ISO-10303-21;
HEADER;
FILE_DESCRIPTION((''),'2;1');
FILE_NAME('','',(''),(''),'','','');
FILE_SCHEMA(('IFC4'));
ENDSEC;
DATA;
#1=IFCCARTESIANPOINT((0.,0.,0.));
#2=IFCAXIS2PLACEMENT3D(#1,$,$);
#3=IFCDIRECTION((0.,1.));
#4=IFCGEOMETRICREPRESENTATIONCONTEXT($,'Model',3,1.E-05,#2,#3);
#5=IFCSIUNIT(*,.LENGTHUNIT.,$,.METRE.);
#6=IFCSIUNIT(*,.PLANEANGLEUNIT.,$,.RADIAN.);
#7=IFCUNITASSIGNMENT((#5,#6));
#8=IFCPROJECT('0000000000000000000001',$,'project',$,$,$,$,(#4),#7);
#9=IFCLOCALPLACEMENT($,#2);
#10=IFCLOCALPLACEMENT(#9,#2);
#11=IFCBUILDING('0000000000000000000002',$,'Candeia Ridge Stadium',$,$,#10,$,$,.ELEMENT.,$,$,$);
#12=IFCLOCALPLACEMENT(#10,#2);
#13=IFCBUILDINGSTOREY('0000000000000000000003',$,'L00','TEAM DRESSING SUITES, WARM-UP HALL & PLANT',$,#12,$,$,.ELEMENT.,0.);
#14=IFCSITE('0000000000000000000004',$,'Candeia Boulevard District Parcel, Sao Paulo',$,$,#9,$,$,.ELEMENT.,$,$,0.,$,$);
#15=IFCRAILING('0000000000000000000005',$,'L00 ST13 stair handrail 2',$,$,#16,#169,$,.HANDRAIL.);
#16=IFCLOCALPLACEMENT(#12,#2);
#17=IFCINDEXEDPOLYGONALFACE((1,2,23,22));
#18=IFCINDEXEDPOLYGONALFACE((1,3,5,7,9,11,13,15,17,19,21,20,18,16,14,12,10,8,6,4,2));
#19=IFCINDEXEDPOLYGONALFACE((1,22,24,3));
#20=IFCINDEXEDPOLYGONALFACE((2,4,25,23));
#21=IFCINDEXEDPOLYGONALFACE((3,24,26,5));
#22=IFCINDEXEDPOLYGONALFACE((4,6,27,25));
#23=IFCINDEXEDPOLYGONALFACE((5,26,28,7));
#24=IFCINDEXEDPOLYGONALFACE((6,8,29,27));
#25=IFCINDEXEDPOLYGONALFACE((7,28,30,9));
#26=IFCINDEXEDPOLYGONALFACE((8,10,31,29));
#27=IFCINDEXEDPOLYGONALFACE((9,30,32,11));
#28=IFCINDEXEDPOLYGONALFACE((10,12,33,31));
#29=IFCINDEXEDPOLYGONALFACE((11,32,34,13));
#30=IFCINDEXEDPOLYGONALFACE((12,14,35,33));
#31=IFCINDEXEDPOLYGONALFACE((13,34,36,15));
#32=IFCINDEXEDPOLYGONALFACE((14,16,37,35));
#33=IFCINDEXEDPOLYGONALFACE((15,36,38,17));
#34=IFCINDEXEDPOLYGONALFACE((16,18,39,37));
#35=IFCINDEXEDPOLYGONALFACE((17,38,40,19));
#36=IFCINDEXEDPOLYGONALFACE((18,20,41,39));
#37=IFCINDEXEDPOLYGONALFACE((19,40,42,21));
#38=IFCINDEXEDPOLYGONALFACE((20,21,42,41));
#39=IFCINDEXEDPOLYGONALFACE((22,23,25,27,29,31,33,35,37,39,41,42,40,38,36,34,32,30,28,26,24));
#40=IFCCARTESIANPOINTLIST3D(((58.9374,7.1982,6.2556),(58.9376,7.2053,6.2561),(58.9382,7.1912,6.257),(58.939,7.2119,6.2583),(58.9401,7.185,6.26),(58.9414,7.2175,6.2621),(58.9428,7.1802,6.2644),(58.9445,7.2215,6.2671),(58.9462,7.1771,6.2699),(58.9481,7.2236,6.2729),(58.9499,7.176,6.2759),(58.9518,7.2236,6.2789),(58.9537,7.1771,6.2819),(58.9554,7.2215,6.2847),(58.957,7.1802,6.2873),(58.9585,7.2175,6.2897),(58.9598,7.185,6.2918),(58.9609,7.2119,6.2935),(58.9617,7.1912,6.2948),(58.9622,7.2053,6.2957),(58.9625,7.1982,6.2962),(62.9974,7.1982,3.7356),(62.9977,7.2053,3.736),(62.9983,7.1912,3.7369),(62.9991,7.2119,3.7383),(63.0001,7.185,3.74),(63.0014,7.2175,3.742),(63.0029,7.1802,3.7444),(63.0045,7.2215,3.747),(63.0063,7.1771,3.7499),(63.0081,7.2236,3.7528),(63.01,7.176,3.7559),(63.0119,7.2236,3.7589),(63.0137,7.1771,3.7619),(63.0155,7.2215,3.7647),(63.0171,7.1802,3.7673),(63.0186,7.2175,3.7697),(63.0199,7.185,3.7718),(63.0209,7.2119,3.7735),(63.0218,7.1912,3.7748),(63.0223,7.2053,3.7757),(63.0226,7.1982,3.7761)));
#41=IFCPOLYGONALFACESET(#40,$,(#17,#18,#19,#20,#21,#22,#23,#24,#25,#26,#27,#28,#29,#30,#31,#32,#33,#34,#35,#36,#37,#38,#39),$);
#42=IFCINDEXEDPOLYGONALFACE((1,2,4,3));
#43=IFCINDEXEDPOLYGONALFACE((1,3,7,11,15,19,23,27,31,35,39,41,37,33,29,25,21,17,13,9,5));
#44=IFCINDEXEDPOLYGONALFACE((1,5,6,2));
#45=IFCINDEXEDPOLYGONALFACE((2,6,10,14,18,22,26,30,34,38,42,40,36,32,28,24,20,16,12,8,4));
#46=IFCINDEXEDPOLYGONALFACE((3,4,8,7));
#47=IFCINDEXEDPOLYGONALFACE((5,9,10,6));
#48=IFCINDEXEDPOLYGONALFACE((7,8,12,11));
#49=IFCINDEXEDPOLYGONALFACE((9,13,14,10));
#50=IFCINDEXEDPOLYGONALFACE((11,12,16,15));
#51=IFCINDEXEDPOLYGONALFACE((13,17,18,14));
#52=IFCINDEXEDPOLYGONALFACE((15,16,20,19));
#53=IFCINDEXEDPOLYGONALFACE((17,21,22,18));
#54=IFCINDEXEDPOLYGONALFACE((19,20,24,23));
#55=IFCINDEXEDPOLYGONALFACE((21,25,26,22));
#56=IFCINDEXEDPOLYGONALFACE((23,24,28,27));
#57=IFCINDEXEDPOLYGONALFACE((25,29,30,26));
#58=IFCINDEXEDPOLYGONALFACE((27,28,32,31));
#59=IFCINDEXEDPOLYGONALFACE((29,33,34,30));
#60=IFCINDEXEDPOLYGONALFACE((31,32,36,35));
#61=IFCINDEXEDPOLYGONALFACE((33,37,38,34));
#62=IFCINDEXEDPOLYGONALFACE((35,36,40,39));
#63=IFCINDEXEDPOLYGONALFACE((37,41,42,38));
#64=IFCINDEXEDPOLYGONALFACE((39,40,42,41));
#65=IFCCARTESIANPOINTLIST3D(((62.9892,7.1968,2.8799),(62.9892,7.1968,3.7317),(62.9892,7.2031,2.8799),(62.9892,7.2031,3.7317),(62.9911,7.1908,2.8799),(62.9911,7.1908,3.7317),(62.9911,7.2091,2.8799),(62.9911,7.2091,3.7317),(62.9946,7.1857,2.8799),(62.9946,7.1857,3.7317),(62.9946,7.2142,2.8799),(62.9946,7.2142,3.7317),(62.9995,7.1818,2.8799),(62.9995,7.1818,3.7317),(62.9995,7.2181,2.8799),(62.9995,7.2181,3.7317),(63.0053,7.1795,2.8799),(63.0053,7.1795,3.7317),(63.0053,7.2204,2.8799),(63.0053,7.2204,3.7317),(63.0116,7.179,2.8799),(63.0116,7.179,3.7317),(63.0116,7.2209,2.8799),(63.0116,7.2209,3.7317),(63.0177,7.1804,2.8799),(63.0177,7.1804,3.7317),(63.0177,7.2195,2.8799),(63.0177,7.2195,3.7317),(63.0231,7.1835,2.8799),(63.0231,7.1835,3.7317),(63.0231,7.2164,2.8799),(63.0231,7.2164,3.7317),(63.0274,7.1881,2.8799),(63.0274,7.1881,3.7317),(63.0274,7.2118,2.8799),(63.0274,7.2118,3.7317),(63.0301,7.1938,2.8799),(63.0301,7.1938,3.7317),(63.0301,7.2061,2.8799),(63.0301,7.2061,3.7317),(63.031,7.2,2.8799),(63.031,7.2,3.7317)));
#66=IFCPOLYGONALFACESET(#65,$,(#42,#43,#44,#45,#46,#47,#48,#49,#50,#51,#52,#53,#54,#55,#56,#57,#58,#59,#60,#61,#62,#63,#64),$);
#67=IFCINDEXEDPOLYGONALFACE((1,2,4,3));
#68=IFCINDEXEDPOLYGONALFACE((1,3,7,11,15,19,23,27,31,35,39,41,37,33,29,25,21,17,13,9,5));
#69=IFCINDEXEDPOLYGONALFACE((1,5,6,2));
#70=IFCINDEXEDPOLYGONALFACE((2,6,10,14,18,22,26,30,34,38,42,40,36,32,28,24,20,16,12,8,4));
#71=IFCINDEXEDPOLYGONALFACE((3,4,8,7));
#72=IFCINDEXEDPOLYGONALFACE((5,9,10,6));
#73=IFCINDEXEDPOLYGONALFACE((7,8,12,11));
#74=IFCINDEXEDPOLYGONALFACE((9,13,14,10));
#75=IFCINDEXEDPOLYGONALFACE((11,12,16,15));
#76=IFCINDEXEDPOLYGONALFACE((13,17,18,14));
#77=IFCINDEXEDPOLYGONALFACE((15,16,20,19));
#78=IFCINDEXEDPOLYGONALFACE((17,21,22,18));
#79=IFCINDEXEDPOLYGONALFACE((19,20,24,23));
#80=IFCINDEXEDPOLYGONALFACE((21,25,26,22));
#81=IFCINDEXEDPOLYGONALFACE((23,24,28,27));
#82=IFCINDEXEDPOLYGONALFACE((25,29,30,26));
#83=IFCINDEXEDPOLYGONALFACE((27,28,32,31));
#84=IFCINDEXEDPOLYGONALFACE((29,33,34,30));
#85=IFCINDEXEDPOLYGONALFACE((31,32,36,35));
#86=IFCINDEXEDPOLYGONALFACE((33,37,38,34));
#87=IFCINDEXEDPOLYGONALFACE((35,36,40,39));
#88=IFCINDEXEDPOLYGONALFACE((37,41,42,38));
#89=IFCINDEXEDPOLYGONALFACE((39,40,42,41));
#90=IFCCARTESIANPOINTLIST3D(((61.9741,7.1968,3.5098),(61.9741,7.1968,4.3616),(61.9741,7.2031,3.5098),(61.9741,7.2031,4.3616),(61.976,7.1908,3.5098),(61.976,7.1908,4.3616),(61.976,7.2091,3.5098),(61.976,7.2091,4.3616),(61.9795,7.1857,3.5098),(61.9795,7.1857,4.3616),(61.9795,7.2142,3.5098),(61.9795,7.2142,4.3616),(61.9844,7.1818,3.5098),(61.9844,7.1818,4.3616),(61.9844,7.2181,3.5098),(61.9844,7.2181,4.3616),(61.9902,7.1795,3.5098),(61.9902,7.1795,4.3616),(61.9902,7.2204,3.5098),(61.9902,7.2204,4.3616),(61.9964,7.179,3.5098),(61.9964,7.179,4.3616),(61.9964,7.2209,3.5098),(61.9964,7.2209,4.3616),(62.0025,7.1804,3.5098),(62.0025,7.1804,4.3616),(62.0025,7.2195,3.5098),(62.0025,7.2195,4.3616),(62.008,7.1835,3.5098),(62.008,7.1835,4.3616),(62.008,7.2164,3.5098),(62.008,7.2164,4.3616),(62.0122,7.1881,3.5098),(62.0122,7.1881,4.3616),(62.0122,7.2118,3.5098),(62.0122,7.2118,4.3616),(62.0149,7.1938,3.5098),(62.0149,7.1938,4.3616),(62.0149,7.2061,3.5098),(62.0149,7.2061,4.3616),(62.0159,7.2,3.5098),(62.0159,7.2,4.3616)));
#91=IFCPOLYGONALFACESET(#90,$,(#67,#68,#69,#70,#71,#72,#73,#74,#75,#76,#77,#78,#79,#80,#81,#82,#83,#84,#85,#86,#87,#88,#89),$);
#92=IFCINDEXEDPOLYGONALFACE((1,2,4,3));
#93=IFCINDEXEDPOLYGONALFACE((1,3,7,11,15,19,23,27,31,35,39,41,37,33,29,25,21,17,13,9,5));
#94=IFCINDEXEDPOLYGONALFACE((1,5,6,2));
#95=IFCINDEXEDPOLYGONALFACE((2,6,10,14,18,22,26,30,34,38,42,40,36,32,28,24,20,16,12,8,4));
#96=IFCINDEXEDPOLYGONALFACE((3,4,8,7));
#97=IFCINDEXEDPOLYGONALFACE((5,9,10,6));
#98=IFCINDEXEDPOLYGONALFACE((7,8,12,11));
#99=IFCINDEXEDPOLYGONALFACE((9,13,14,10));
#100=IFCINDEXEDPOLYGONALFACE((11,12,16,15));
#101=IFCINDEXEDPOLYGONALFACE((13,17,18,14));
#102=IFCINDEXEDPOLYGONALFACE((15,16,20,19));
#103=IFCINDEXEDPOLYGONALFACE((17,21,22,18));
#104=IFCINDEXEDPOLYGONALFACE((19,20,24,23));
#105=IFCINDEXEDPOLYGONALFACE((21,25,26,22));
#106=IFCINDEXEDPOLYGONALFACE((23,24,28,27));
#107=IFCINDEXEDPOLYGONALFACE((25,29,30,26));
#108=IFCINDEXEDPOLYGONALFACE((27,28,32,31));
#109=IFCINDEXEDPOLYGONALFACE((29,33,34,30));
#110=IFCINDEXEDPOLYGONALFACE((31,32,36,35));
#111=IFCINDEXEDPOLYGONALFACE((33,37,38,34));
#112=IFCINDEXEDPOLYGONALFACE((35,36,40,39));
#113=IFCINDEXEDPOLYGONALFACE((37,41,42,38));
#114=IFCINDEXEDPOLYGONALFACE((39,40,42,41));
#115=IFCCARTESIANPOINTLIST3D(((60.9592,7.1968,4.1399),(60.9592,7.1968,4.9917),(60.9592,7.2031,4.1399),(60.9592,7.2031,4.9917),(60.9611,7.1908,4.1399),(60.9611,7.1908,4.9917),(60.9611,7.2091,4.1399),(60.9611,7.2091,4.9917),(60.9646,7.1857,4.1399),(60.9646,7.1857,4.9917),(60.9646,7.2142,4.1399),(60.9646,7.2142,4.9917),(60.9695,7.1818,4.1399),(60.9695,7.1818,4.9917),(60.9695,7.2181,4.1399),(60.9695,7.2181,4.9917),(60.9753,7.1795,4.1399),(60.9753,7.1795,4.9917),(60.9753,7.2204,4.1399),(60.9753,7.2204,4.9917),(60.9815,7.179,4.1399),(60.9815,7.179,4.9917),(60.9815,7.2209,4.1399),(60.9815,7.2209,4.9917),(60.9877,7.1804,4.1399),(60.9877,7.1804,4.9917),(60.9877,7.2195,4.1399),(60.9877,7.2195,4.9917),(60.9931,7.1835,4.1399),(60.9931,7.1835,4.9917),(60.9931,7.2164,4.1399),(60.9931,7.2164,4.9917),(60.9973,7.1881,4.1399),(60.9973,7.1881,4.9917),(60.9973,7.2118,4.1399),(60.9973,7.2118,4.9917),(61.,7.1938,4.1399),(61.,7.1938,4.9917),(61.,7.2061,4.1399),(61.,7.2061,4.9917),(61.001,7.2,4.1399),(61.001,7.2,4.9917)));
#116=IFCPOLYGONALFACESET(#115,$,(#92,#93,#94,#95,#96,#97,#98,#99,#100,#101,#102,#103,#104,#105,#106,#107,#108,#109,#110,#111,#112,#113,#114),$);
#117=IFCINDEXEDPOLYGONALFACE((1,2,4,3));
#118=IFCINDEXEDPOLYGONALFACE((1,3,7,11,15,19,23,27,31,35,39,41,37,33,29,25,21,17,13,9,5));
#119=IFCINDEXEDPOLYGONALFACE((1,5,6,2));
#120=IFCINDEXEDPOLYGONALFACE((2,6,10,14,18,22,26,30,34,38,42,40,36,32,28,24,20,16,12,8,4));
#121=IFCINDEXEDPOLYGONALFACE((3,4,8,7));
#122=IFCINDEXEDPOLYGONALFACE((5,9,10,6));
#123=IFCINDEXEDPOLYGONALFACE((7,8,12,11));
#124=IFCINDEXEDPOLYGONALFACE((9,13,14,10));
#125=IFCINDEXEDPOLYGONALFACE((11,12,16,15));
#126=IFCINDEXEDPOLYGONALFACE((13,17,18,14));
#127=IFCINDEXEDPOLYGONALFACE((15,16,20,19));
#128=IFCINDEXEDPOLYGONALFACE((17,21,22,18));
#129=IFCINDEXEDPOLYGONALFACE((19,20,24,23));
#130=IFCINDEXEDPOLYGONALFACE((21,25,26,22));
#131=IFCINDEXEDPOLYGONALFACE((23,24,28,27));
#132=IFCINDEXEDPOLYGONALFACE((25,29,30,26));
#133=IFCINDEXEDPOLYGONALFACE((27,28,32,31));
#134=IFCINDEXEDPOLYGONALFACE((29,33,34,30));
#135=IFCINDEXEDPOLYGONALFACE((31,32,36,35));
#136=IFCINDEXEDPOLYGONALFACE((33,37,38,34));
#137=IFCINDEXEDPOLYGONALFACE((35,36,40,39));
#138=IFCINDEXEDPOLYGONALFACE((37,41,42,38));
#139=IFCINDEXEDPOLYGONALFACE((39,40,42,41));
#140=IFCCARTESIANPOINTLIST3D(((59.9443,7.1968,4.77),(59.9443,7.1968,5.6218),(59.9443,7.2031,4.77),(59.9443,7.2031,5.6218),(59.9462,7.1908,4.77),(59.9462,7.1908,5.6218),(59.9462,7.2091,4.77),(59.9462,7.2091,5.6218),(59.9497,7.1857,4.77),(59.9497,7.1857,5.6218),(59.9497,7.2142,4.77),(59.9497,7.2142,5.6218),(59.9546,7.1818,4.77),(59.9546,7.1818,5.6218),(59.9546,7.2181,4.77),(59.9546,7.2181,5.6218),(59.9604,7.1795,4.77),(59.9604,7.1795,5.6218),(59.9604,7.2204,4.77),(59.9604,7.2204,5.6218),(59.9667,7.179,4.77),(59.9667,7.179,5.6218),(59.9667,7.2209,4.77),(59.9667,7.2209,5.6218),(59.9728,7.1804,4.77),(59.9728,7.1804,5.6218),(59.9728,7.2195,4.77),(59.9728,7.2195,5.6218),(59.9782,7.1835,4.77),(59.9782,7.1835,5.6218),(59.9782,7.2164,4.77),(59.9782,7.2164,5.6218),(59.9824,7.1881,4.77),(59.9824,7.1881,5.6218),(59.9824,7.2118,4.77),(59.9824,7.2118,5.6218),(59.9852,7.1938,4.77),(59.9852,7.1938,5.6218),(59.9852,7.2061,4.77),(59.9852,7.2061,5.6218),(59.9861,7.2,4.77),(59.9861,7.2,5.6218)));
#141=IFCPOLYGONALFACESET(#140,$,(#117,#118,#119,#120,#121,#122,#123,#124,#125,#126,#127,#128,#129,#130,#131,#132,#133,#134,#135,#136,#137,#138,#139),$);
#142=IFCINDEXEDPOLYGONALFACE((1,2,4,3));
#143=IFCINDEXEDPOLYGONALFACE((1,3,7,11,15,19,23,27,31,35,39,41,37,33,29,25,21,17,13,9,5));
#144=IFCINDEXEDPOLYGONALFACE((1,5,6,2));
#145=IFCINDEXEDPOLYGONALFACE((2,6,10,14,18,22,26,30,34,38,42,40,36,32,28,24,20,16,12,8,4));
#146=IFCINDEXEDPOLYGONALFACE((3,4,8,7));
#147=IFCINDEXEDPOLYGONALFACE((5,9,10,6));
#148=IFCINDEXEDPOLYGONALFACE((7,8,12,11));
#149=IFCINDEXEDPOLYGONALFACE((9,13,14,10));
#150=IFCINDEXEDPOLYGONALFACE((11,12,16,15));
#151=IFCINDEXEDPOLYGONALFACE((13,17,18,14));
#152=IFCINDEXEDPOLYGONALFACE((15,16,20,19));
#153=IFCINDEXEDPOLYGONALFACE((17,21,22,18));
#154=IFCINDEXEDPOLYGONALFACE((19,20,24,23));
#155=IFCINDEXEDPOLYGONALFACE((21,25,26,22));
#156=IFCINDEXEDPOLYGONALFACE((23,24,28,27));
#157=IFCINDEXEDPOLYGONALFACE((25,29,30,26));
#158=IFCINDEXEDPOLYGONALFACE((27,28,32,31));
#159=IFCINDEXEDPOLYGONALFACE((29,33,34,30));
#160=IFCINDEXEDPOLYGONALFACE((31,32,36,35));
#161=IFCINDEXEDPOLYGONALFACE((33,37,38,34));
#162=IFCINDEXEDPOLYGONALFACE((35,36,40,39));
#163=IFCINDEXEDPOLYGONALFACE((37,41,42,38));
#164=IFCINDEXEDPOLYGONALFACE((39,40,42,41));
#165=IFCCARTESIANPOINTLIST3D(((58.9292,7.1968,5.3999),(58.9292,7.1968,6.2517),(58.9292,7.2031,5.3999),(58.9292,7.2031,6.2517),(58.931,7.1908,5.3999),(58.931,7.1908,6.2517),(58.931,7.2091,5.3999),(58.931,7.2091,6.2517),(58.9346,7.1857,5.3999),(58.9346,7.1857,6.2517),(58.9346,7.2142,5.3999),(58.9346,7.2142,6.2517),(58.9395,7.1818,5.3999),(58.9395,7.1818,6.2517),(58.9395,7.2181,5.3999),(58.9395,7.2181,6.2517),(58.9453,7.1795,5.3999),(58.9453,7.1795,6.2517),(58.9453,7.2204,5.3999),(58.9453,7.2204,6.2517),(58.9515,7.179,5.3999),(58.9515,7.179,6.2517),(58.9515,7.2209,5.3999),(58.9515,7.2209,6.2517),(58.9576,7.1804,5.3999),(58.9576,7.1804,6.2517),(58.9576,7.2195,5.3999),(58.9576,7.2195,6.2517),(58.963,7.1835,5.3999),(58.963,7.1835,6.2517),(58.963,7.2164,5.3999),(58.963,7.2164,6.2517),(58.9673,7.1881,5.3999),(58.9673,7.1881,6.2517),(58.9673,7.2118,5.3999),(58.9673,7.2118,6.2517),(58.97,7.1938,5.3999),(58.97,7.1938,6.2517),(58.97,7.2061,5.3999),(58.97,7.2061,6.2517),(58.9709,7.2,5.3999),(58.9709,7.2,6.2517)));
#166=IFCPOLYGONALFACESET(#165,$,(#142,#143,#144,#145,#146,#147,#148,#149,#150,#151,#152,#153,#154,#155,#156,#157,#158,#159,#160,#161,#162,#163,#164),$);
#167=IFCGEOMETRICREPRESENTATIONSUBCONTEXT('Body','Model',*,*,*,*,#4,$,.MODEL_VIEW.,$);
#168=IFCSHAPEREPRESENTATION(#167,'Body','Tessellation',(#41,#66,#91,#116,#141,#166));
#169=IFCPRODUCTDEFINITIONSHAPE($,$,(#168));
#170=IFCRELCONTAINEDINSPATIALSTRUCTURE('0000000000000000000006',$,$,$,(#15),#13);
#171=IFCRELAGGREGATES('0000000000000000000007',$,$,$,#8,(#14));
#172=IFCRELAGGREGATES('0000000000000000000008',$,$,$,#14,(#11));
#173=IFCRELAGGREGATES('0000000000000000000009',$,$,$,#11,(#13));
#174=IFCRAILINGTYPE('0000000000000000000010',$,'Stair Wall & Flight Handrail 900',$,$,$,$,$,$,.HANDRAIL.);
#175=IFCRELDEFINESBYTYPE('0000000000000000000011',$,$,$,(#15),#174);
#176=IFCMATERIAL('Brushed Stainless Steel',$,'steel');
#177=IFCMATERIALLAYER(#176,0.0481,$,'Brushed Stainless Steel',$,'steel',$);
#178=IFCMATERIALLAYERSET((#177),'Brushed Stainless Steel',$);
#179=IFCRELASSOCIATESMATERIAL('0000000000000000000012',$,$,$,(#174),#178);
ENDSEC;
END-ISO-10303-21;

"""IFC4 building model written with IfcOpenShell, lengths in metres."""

from ifc_helpers import new_model, si_unit, direction, frame, origin, origin_2d, place, context, subcontext, project, spatial, circle, extrude, material, layer, layer_set, type_object, element, save


model = new_model("IFC4")

# Units and contexts
model_context = context("Model", 3, precision=1e-05, world=origin(), true_north=direction((0.0, 1.0)))
body_context = subcontext(model_context, "Body", "Model", "MODEL_VIEW")
ifc_project = project(units=[si_unit("LENGTHUNIT", "METRE"), si_unit("PLANEANGLEUNIT", "RADIAN")], contexts=[model_context])

# Site, building, storey
site_placement = place(None, origin())
site = spatial("IfcSite", under=ifc_project, at=site_placement, Name="Candeia Boulevard District Parcel, Sao Paulo", CompositionType="ELEMENT", RefElevation=0.0)
building_placement = place(site_placement, origin())
building = spatial("IfcBuilding", under=site, at=building_placement, Name="Candeia Ridge Stadium", CompositionType="ELEMENT")
storey_placement = place(building_placement, origin())
storey = spatial("IfcBuildingStorey", under=building, at=storey_placement, Name="L00", Description="TEAM DRESSING SUITES, WARM-UP HALL & PLANT", CompositionType="ELEMENT", Elevation=0.0)

# Railing
ifc_material_1 = material(Name="Brushed Stainless Steel", Category="steel")
ifc_layer_1 = layer(ifc_material_1, 0.0481, Name="Brushed Stainless Steel", Category="steel")
ifc_layer_set_1 = layer_set([ifc_layer_1], Name="Brushed Stainless Steel")
railing_type_1 = type_object("IfcRailingType", Name="Stair Wall & Flight Handrail 900", PredefinedType="HANDRAIL", material=ifc_layer_set_1)
railing_1_placement = place(storey_placement, frame((63.01, 7.2, 2.8799)))
element("IfcRailing", 1, at=railing_1_placement, inside=storey, type_object=railing_type_1, Name="L00 ST13 stair handrail 2", PredefinedType="HANDRAIL", context=body_context, shape_type="SweptSolid", body=[
    extrude(circle(Radius=0.0239, at=origin_2d()), frame((0.0, 0.0, 0.876), z_axis=(-0.849642, 0.0, 0.52736), x_axis=(0.0, -1.0, 0.0)), (0.0, 0.0, 1.0), 4.7786),
    extrude(circle(Radius=0.021, at=origin_2d()), origin(), (0.0, 0.0, 1.0), 0.8518),
    extrude(circle(Radius=0.021, at=origin_2d()), frame((-1.0151, 0.0, 0.6299)), (0.0, 0.0, 1.0), 0.8518),
    extrude(circle(Radius=0.021, at=origin_2d()), frame((-2.03, 0.0, 1.26)), (0.0, 0.0, 1.0), 0.8518),
    extrude(circle(Radius=0.021, at=origin_2d()), frame((-3.0449, 0.0, 1.8901)), (0.0, 0.0, 1.0), 0.8518),
    extrude(circle(Radius=0.021, at=origin_2d()), frame((-4.0601, 0.0, 2.52)), (0.0, 0.0, 1.0), 0.8518),
])

save(model, "model.ifc")
